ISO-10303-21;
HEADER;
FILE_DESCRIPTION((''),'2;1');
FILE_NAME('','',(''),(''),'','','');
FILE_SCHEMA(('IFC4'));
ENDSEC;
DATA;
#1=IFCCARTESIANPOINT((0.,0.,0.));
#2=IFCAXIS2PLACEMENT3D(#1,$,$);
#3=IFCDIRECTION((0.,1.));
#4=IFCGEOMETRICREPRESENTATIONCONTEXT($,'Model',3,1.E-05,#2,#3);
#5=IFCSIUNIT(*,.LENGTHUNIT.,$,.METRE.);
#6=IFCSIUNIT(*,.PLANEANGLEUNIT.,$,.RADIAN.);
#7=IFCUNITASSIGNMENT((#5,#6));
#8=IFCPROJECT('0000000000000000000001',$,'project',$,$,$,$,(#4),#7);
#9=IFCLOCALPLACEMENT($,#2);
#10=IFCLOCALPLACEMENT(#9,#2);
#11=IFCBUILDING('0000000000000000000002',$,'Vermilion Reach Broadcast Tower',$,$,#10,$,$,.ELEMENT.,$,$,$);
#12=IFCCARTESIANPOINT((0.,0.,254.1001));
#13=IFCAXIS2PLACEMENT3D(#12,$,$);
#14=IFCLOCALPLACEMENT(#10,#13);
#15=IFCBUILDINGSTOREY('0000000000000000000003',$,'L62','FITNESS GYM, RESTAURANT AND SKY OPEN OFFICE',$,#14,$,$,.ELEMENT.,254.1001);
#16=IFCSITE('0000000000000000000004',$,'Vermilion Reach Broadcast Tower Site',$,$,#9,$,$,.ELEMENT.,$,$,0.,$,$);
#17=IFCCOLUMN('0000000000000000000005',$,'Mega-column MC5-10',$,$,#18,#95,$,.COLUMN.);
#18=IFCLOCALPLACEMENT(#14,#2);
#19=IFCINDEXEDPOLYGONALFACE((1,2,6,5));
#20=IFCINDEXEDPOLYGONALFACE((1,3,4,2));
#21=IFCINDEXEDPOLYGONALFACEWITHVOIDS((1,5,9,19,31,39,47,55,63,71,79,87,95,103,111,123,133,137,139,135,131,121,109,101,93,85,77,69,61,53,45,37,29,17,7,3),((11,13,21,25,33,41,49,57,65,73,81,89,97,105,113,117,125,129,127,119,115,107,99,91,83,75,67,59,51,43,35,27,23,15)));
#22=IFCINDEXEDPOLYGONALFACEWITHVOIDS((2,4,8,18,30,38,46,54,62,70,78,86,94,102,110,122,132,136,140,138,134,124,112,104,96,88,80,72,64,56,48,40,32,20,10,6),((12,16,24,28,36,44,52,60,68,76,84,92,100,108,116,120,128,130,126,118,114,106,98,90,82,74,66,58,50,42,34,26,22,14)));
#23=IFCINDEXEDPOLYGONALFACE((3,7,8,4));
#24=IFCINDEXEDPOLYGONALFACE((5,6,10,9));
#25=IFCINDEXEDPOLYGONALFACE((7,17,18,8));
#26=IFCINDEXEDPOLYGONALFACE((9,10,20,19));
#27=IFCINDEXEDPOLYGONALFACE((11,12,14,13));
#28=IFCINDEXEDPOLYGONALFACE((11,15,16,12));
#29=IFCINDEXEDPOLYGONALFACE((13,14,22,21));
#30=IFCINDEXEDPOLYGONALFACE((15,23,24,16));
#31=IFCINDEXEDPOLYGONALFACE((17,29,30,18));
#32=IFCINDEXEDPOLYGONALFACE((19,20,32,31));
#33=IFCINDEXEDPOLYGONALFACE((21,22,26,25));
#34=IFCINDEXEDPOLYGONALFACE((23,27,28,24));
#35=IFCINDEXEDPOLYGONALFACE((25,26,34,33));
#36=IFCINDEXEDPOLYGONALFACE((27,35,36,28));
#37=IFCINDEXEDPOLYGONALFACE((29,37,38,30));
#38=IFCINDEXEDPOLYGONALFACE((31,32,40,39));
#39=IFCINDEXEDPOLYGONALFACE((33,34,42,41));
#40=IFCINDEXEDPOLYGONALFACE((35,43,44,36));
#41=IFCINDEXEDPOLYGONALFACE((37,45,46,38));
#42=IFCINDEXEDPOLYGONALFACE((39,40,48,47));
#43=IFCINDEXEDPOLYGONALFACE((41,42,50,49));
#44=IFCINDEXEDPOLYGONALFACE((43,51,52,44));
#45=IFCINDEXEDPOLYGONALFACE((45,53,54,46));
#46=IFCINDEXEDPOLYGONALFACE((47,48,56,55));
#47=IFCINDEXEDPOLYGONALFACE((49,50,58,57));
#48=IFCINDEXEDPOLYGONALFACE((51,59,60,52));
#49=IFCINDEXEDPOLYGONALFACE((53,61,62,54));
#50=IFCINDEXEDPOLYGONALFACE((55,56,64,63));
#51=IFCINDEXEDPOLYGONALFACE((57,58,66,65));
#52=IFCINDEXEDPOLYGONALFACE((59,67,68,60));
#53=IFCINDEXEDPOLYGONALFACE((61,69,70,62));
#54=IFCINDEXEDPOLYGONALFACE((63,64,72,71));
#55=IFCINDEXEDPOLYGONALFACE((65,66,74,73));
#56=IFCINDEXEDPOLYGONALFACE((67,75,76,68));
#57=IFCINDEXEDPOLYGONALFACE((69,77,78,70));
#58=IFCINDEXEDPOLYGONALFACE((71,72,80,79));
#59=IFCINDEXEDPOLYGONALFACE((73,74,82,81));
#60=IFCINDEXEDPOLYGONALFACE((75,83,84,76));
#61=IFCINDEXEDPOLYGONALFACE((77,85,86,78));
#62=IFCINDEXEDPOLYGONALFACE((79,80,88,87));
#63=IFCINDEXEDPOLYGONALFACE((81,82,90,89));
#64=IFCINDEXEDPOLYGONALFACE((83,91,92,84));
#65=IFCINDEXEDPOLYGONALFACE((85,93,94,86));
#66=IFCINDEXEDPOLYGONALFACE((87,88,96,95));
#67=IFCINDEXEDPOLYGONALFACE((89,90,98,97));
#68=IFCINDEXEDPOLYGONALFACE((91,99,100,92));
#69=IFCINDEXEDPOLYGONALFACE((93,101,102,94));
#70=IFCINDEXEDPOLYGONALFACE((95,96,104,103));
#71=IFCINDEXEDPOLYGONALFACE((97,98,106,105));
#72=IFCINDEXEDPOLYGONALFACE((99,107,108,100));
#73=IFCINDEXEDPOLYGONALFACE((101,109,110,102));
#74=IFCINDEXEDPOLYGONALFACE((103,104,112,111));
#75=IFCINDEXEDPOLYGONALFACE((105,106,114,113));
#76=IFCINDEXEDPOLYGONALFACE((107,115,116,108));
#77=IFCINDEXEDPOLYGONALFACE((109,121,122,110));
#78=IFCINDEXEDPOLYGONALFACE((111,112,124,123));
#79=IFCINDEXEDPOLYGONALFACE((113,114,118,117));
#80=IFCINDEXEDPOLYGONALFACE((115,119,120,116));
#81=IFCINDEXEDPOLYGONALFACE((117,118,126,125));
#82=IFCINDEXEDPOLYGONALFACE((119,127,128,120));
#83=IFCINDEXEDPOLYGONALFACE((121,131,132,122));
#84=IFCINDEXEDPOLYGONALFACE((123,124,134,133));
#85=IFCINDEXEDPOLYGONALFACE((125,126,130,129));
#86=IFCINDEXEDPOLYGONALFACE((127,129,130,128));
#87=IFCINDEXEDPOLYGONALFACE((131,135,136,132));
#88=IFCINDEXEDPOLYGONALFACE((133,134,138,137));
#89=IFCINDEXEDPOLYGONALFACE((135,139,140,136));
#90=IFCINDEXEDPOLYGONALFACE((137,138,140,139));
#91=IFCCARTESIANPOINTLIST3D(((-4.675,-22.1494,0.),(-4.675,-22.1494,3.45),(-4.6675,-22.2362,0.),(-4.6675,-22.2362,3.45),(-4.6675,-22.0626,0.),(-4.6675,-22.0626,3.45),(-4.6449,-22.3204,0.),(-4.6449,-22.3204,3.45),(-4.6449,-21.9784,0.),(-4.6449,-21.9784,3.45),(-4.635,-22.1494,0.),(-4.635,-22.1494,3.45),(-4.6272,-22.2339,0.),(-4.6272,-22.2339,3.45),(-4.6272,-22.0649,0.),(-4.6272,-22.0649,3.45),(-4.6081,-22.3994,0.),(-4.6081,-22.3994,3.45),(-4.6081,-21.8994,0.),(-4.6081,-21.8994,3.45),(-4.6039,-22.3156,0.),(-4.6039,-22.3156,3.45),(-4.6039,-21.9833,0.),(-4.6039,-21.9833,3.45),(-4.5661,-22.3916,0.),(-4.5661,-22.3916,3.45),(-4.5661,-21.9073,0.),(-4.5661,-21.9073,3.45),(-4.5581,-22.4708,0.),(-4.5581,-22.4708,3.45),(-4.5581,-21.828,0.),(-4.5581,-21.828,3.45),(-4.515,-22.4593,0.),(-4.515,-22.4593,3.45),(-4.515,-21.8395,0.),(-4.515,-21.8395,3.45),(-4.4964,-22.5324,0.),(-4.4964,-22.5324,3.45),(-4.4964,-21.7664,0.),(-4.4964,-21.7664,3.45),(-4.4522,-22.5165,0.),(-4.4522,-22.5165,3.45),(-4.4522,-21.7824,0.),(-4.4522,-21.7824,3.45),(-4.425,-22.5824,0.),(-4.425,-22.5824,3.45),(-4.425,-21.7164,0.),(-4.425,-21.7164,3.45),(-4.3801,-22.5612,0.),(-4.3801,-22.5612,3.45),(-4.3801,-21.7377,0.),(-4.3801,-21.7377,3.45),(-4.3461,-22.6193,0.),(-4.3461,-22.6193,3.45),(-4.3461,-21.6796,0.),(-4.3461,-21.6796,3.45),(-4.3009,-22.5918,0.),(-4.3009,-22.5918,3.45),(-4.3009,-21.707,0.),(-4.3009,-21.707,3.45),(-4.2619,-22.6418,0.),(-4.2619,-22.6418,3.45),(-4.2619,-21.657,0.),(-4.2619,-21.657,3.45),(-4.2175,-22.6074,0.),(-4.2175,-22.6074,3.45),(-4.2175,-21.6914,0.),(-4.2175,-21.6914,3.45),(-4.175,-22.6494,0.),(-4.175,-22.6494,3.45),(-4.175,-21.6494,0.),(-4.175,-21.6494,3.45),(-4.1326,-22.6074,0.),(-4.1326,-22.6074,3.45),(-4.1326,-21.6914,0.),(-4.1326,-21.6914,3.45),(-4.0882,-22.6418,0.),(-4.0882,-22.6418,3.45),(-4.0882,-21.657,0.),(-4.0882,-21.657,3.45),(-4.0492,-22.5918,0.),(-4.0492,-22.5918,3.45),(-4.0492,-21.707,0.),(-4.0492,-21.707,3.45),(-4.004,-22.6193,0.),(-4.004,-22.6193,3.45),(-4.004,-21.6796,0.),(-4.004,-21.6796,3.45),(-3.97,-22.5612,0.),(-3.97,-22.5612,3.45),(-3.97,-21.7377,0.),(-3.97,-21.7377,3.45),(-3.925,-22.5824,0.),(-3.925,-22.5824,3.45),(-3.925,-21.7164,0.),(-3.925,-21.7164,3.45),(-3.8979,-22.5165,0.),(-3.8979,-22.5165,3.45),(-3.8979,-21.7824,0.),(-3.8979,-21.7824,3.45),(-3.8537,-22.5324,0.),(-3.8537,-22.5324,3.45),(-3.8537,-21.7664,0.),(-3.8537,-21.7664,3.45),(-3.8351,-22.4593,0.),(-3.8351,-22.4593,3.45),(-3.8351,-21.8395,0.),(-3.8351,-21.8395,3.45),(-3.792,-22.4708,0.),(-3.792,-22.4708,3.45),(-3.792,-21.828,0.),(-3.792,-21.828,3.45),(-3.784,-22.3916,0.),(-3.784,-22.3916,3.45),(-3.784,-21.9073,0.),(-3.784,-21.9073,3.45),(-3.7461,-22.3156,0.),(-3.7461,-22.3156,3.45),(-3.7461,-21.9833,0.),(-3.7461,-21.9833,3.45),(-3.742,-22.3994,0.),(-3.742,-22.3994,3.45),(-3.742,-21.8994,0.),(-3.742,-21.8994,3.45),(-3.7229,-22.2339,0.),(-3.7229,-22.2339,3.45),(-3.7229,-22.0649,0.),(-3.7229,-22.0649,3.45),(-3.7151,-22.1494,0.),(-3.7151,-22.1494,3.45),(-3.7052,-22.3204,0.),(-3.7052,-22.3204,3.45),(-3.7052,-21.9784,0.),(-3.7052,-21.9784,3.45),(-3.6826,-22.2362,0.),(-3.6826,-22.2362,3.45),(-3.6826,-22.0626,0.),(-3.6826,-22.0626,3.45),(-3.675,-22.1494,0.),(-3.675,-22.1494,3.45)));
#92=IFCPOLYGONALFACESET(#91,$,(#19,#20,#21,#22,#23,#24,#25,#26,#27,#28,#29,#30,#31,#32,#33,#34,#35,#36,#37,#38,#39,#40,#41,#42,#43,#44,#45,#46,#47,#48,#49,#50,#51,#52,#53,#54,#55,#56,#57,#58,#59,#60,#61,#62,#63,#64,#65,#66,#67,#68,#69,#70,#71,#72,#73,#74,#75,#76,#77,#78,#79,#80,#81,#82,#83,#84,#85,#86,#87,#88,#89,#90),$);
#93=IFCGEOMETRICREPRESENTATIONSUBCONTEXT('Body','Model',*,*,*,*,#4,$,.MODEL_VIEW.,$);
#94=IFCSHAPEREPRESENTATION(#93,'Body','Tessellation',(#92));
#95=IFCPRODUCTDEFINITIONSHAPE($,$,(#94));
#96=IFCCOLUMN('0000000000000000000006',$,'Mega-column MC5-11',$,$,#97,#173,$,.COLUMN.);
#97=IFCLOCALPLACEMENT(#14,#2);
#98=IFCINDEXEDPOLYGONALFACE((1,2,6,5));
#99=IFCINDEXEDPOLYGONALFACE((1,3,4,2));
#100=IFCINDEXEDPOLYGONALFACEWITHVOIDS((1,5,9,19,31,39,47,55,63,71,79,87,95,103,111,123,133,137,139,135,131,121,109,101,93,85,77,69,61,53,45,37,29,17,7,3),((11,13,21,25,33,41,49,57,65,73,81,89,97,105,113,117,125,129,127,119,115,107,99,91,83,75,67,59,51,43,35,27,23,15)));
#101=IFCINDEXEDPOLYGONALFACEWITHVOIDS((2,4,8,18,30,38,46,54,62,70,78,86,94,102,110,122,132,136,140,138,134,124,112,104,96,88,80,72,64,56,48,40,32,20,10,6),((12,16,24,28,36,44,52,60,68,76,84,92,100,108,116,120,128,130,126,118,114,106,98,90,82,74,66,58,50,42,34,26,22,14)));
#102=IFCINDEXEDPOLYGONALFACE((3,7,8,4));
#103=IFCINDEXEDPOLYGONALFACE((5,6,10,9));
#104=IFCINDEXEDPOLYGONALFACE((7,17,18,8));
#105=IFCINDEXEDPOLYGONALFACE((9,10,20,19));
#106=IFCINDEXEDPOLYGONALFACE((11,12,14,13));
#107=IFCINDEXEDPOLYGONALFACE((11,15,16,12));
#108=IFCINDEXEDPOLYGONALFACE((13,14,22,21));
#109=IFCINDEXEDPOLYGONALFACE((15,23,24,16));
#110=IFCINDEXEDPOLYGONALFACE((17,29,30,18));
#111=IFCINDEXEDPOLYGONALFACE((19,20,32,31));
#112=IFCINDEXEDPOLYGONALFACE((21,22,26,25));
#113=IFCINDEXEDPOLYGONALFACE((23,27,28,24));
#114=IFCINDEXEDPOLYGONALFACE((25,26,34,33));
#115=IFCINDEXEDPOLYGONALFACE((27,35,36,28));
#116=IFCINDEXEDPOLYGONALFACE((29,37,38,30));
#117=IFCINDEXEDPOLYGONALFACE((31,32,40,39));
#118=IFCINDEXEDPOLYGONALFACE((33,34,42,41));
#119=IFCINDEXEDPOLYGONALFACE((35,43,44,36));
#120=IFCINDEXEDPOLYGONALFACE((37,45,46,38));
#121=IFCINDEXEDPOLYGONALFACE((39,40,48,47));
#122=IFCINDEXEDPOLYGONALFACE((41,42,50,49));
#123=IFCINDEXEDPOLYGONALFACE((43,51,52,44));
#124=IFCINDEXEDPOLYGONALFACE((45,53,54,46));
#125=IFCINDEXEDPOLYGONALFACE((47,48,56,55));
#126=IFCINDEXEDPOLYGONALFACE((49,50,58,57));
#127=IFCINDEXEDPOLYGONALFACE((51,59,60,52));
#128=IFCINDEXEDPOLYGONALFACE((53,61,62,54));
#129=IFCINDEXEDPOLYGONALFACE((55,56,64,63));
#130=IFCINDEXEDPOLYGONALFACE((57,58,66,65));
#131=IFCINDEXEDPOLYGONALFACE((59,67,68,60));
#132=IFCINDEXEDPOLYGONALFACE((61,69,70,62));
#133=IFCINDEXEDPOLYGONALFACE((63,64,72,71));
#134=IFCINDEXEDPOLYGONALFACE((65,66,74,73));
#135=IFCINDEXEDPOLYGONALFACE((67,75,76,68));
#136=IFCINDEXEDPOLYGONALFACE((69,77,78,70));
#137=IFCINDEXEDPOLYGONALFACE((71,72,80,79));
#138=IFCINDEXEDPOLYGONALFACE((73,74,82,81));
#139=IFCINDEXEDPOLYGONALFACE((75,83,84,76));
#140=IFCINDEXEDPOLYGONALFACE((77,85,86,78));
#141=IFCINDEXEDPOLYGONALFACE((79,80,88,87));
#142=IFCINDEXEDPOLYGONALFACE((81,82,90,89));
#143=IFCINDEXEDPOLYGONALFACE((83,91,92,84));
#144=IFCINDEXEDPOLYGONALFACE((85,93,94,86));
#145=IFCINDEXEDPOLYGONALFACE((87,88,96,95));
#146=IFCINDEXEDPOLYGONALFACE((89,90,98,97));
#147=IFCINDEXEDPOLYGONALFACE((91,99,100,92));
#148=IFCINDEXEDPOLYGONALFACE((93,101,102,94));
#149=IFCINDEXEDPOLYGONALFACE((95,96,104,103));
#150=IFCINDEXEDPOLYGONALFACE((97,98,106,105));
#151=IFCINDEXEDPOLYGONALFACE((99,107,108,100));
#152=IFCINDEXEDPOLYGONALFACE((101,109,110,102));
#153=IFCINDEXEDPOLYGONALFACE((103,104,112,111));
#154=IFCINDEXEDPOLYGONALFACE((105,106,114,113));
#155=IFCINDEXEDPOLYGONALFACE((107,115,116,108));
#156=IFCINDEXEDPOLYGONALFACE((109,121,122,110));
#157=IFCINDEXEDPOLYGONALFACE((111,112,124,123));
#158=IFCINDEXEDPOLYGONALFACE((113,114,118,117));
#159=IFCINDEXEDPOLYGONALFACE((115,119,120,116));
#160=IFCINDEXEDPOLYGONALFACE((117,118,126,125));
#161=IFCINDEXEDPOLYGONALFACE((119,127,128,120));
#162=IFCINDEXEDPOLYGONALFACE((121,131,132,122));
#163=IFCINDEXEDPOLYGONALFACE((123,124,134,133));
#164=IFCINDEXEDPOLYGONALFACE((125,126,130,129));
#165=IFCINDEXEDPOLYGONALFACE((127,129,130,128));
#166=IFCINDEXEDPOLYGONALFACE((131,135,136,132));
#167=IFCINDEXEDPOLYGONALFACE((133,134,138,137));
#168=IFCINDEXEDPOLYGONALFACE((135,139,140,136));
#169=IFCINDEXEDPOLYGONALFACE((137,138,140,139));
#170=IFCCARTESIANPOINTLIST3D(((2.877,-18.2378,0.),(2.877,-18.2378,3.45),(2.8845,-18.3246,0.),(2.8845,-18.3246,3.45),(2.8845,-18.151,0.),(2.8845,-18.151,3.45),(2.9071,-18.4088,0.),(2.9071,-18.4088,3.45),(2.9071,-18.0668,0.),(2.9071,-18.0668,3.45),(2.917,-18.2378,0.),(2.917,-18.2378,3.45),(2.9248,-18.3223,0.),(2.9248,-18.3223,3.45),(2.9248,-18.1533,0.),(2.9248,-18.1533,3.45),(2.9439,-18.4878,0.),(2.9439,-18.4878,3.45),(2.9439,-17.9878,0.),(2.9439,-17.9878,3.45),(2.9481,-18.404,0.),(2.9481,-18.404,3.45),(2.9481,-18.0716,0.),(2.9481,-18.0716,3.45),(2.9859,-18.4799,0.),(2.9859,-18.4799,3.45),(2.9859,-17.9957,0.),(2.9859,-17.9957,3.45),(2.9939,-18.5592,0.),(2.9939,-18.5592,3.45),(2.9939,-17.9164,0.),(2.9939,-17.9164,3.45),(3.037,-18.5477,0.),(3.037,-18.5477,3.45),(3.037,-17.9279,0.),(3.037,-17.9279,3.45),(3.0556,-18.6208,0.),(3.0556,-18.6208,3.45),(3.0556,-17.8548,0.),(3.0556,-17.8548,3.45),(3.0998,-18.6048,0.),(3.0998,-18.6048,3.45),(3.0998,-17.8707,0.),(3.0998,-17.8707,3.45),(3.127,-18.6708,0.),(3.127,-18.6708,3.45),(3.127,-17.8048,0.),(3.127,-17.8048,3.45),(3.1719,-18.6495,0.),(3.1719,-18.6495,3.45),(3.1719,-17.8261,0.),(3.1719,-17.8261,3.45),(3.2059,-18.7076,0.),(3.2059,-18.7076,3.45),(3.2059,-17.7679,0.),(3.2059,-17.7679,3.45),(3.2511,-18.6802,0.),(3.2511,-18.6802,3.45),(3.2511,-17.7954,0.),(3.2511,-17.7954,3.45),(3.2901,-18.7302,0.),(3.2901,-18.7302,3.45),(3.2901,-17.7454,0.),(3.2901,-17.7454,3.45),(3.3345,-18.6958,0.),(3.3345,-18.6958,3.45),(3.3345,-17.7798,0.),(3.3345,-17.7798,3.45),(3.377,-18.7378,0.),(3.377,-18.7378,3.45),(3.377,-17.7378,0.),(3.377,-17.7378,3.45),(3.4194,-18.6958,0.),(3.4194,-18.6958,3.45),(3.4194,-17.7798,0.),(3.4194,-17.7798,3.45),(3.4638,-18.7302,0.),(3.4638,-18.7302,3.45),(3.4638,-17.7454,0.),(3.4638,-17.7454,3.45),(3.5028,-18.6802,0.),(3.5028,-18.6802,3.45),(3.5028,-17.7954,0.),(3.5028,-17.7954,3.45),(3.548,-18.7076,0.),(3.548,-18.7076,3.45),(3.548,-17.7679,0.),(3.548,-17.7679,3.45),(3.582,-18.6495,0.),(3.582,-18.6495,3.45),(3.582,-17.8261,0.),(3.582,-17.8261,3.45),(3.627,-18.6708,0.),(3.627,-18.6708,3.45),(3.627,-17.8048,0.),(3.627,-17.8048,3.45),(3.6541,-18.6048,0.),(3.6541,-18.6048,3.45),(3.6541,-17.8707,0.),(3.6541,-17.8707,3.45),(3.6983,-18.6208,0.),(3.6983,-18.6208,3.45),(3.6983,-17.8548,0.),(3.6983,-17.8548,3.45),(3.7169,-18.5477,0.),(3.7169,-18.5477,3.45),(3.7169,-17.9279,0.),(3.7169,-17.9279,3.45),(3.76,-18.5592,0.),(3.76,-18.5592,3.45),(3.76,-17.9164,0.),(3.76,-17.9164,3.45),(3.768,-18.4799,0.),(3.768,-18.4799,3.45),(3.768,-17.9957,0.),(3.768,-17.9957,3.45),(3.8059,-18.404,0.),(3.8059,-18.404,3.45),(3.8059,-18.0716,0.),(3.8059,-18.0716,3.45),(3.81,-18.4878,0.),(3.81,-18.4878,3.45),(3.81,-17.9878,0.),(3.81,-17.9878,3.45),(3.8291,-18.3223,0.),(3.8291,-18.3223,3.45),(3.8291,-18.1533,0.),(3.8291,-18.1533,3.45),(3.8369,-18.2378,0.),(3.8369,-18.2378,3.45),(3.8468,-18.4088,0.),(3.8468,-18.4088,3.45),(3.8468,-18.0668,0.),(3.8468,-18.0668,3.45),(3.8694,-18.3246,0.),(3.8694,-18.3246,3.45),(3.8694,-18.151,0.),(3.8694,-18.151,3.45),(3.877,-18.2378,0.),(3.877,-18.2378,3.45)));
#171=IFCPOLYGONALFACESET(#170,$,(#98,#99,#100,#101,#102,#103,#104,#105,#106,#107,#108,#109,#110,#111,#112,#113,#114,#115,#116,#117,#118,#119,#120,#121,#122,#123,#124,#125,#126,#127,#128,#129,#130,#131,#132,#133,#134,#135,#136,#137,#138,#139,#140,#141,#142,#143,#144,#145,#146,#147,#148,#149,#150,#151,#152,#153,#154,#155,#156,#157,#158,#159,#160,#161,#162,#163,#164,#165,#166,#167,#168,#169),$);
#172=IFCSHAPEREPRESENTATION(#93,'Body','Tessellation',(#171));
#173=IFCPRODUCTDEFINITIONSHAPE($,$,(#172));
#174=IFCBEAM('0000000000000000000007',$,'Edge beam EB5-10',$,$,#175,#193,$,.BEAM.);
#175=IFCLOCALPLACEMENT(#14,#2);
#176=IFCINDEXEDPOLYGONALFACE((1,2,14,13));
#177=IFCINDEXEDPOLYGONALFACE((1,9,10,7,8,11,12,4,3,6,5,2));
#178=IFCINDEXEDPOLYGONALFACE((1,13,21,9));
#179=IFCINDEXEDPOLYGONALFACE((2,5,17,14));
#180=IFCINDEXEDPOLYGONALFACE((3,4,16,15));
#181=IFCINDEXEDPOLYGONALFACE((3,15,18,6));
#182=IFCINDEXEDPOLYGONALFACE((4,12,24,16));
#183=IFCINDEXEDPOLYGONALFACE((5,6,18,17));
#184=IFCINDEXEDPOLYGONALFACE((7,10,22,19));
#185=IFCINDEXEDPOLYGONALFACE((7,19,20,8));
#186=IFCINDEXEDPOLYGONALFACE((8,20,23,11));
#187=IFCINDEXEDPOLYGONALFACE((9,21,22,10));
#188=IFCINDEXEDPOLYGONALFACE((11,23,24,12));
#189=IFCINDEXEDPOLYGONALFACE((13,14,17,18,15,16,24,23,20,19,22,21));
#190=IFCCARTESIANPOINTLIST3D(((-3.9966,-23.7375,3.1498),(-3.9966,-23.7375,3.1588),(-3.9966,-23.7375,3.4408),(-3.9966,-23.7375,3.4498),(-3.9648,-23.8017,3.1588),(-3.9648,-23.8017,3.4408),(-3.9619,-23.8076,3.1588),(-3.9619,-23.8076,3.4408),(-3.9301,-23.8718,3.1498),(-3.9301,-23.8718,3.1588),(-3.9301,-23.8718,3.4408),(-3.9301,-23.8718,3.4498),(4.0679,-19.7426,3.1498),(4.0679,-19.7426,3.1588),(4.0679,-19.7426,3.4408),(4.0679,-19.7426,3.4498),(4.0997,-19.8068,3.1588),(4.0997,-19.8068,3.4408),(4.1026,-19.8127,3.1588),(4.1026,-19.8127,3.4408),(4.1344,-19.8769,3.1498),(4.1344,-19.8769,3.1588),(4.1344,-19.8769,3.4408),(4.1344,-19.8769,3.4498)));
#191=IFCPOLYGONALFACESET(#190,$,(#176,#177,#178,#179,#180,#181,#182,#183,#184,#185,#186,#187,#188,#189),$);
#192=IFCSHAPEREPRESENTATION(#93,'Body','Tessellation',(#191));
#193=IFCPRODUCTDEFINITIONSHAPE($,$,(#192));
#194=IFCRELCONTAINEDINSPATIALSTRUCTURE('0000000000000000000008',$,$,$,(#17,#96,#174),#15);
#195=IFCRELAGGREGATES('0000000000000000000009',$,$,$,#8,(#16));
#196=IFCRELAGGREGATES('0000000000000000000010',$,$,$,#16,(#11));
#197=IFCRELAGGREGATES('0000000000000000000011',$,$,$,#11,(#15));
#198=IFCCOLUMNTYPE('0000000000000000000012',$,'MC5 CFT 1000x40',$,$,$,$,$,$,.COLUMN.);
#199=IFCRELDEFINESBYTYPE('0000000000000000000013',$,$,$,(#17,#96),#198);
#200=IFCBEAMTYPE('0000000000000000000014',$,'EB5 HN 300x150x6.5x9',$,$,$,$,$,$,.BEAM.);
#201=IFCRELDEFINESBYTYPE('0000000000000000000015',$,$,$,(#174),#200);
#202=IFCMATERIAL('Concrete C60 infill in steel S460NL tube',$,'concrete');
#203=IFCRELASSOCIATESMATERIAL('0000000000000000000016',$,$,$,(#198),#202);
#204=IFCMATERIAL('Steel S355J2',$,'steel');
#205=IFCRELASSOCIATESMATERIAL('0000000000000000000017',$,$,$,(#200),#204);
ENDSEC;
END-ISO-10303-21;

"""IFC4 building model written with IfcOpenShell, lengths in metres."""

from ifc_helpers import new_model, si_unit, direction, frame, origin, origin_2d, place, context, subcontext, project, spatial, hollow_circle, i_section, extrude, material, material_profile, profile_set, type_object, element, save


model = new_model("IFC4")

# Units and contexts
model_context = context("Model", 3, precision=1e-05, world=origin(), true_north=direction((0.0, 1.0)))
body_context = subcontext(model_context, "Body", "Model", "MODEL_VIEW")
ifc_project = project(units=[si_unit("LENGTHUNIT", "METRE"), si_unit("PLANEANGLEUNIT", "RADIAN")], contexts=[model_context])

# Site, building, storey
site_placement = place(None, origin())
site = spatial("IfcSite", under=ifc_project, at=site_placement, Name="Vermilion Reach Broadcast Tower Site", CompositionType="ELEMENT", RefElevation=0.0)
building_placement = place(site_placement, origin())
building = spatial("IfcBuilding", under=site, at=building_placement, Name="Vermilion Reach Broadcast Tower", CompositionType="ELEMENT")
storey_placement = place(building_placement, frame((0.0, 0.0, 254.1001)))
storey = spatial("IfcBuildingStorey", under=building, at=storey_placement, Name="L62", Description="FITNESS GYM, RESTAURANT AND SKY OPEN OFFICE", CompositionType="ELEMENT", Elevation=254.1001)

# Columns
ifc_material_1 = material(Name="Concrete C60 infill in steel S460NL tube", Category="concrete")
ifc_material_profile_1 = material_profile(ifc_material_1, hollow_circle(Radius=0.5, WallThickness=0.04, at=origin_2d()), Name="Concrete C60 infill in steel S460NL tube CFT 1000x40")
ifc_profile_set_1 = profile_set([ifc_material_profile_1], Name="Concrete C60 infill in steel S460NL tube")
column_type = type_object("IfcColumnType", Name="MC5 CFT 1000x40", PredefinedType="COLUMN", material=ifc_profile_set_1)
for number, where, z_axis, x_axis, name in (
    (1, (-4.175, -22.1494, 0.0), (0.0, 0.0, 1.0), (1.0, 0.0, 0.0), "Mega-column MC5-10"),
    (2, (3.377, -18.2378, 0.0), (0.0, 0.0, 1.0), (1.0, 0.0, 0.0), "Mega-column MC5-11"),
):
    element("IfcColumn", number, at=place(storey_placement, frame(where, z_axis=z_axis, x_axis=x_axis)), inside=storey, type_object=column_type, Name=name, PredefinedType="COLUMN", context=body_context, shape_type="SweptSolid", body=[
        extrude(hollow_circle(Radius=0.5, WallThickness=0.04, at=origin_2d()), origin(), (0.0, 0.0, 1.0), 3.45),
    ])

# Beam
ifc_material_2 = material(Name="Steel S355J2", Category="steel")
ifc_material_profile_2 = material_profile(ifc_material_2, i_section(OverallWidth=0.1499, OverallDepth=0.3, WebThickness=0.0066, FlangeThickness=0.009, at=origin_2d()), Name="S355J2 HN 300x150x6.5x9")
ifc_profile_set_2 = profile_set([ifc_material_profile_2], Name="Steel S355J2")
beam_type_1 = type_object("IfcBeamType", Name="EB5 HN 300x150x6.5x9", PredefinedType="BEAM", material=ifc_profile_set_2)
beam_1_placement = place(storey_placement, frame((-3.9634, -23.8047, 3.2998), z_axis=(0.896081, 0.44389, 0.0), x_axis=(-0.44389, 0.896081, 0.0)))
element("IfcBeam", 3, at=beam_1_placement, inside=storey, type_object=beam_type_1, Name="Edge beam EB5-10", PredefinedType="BEAM", context=body_context, shape_type="SweptSolid", body=[
    extrude(i_section(OverallWidth=0.1499, OverallDepth=0.3, WebThickness=0.0066, FlangeThickness=0.009, at=origin_2d()), origin(), (0.0, 0.0, 1.0), 8.9998),
])

save(model, "model.ifc")
